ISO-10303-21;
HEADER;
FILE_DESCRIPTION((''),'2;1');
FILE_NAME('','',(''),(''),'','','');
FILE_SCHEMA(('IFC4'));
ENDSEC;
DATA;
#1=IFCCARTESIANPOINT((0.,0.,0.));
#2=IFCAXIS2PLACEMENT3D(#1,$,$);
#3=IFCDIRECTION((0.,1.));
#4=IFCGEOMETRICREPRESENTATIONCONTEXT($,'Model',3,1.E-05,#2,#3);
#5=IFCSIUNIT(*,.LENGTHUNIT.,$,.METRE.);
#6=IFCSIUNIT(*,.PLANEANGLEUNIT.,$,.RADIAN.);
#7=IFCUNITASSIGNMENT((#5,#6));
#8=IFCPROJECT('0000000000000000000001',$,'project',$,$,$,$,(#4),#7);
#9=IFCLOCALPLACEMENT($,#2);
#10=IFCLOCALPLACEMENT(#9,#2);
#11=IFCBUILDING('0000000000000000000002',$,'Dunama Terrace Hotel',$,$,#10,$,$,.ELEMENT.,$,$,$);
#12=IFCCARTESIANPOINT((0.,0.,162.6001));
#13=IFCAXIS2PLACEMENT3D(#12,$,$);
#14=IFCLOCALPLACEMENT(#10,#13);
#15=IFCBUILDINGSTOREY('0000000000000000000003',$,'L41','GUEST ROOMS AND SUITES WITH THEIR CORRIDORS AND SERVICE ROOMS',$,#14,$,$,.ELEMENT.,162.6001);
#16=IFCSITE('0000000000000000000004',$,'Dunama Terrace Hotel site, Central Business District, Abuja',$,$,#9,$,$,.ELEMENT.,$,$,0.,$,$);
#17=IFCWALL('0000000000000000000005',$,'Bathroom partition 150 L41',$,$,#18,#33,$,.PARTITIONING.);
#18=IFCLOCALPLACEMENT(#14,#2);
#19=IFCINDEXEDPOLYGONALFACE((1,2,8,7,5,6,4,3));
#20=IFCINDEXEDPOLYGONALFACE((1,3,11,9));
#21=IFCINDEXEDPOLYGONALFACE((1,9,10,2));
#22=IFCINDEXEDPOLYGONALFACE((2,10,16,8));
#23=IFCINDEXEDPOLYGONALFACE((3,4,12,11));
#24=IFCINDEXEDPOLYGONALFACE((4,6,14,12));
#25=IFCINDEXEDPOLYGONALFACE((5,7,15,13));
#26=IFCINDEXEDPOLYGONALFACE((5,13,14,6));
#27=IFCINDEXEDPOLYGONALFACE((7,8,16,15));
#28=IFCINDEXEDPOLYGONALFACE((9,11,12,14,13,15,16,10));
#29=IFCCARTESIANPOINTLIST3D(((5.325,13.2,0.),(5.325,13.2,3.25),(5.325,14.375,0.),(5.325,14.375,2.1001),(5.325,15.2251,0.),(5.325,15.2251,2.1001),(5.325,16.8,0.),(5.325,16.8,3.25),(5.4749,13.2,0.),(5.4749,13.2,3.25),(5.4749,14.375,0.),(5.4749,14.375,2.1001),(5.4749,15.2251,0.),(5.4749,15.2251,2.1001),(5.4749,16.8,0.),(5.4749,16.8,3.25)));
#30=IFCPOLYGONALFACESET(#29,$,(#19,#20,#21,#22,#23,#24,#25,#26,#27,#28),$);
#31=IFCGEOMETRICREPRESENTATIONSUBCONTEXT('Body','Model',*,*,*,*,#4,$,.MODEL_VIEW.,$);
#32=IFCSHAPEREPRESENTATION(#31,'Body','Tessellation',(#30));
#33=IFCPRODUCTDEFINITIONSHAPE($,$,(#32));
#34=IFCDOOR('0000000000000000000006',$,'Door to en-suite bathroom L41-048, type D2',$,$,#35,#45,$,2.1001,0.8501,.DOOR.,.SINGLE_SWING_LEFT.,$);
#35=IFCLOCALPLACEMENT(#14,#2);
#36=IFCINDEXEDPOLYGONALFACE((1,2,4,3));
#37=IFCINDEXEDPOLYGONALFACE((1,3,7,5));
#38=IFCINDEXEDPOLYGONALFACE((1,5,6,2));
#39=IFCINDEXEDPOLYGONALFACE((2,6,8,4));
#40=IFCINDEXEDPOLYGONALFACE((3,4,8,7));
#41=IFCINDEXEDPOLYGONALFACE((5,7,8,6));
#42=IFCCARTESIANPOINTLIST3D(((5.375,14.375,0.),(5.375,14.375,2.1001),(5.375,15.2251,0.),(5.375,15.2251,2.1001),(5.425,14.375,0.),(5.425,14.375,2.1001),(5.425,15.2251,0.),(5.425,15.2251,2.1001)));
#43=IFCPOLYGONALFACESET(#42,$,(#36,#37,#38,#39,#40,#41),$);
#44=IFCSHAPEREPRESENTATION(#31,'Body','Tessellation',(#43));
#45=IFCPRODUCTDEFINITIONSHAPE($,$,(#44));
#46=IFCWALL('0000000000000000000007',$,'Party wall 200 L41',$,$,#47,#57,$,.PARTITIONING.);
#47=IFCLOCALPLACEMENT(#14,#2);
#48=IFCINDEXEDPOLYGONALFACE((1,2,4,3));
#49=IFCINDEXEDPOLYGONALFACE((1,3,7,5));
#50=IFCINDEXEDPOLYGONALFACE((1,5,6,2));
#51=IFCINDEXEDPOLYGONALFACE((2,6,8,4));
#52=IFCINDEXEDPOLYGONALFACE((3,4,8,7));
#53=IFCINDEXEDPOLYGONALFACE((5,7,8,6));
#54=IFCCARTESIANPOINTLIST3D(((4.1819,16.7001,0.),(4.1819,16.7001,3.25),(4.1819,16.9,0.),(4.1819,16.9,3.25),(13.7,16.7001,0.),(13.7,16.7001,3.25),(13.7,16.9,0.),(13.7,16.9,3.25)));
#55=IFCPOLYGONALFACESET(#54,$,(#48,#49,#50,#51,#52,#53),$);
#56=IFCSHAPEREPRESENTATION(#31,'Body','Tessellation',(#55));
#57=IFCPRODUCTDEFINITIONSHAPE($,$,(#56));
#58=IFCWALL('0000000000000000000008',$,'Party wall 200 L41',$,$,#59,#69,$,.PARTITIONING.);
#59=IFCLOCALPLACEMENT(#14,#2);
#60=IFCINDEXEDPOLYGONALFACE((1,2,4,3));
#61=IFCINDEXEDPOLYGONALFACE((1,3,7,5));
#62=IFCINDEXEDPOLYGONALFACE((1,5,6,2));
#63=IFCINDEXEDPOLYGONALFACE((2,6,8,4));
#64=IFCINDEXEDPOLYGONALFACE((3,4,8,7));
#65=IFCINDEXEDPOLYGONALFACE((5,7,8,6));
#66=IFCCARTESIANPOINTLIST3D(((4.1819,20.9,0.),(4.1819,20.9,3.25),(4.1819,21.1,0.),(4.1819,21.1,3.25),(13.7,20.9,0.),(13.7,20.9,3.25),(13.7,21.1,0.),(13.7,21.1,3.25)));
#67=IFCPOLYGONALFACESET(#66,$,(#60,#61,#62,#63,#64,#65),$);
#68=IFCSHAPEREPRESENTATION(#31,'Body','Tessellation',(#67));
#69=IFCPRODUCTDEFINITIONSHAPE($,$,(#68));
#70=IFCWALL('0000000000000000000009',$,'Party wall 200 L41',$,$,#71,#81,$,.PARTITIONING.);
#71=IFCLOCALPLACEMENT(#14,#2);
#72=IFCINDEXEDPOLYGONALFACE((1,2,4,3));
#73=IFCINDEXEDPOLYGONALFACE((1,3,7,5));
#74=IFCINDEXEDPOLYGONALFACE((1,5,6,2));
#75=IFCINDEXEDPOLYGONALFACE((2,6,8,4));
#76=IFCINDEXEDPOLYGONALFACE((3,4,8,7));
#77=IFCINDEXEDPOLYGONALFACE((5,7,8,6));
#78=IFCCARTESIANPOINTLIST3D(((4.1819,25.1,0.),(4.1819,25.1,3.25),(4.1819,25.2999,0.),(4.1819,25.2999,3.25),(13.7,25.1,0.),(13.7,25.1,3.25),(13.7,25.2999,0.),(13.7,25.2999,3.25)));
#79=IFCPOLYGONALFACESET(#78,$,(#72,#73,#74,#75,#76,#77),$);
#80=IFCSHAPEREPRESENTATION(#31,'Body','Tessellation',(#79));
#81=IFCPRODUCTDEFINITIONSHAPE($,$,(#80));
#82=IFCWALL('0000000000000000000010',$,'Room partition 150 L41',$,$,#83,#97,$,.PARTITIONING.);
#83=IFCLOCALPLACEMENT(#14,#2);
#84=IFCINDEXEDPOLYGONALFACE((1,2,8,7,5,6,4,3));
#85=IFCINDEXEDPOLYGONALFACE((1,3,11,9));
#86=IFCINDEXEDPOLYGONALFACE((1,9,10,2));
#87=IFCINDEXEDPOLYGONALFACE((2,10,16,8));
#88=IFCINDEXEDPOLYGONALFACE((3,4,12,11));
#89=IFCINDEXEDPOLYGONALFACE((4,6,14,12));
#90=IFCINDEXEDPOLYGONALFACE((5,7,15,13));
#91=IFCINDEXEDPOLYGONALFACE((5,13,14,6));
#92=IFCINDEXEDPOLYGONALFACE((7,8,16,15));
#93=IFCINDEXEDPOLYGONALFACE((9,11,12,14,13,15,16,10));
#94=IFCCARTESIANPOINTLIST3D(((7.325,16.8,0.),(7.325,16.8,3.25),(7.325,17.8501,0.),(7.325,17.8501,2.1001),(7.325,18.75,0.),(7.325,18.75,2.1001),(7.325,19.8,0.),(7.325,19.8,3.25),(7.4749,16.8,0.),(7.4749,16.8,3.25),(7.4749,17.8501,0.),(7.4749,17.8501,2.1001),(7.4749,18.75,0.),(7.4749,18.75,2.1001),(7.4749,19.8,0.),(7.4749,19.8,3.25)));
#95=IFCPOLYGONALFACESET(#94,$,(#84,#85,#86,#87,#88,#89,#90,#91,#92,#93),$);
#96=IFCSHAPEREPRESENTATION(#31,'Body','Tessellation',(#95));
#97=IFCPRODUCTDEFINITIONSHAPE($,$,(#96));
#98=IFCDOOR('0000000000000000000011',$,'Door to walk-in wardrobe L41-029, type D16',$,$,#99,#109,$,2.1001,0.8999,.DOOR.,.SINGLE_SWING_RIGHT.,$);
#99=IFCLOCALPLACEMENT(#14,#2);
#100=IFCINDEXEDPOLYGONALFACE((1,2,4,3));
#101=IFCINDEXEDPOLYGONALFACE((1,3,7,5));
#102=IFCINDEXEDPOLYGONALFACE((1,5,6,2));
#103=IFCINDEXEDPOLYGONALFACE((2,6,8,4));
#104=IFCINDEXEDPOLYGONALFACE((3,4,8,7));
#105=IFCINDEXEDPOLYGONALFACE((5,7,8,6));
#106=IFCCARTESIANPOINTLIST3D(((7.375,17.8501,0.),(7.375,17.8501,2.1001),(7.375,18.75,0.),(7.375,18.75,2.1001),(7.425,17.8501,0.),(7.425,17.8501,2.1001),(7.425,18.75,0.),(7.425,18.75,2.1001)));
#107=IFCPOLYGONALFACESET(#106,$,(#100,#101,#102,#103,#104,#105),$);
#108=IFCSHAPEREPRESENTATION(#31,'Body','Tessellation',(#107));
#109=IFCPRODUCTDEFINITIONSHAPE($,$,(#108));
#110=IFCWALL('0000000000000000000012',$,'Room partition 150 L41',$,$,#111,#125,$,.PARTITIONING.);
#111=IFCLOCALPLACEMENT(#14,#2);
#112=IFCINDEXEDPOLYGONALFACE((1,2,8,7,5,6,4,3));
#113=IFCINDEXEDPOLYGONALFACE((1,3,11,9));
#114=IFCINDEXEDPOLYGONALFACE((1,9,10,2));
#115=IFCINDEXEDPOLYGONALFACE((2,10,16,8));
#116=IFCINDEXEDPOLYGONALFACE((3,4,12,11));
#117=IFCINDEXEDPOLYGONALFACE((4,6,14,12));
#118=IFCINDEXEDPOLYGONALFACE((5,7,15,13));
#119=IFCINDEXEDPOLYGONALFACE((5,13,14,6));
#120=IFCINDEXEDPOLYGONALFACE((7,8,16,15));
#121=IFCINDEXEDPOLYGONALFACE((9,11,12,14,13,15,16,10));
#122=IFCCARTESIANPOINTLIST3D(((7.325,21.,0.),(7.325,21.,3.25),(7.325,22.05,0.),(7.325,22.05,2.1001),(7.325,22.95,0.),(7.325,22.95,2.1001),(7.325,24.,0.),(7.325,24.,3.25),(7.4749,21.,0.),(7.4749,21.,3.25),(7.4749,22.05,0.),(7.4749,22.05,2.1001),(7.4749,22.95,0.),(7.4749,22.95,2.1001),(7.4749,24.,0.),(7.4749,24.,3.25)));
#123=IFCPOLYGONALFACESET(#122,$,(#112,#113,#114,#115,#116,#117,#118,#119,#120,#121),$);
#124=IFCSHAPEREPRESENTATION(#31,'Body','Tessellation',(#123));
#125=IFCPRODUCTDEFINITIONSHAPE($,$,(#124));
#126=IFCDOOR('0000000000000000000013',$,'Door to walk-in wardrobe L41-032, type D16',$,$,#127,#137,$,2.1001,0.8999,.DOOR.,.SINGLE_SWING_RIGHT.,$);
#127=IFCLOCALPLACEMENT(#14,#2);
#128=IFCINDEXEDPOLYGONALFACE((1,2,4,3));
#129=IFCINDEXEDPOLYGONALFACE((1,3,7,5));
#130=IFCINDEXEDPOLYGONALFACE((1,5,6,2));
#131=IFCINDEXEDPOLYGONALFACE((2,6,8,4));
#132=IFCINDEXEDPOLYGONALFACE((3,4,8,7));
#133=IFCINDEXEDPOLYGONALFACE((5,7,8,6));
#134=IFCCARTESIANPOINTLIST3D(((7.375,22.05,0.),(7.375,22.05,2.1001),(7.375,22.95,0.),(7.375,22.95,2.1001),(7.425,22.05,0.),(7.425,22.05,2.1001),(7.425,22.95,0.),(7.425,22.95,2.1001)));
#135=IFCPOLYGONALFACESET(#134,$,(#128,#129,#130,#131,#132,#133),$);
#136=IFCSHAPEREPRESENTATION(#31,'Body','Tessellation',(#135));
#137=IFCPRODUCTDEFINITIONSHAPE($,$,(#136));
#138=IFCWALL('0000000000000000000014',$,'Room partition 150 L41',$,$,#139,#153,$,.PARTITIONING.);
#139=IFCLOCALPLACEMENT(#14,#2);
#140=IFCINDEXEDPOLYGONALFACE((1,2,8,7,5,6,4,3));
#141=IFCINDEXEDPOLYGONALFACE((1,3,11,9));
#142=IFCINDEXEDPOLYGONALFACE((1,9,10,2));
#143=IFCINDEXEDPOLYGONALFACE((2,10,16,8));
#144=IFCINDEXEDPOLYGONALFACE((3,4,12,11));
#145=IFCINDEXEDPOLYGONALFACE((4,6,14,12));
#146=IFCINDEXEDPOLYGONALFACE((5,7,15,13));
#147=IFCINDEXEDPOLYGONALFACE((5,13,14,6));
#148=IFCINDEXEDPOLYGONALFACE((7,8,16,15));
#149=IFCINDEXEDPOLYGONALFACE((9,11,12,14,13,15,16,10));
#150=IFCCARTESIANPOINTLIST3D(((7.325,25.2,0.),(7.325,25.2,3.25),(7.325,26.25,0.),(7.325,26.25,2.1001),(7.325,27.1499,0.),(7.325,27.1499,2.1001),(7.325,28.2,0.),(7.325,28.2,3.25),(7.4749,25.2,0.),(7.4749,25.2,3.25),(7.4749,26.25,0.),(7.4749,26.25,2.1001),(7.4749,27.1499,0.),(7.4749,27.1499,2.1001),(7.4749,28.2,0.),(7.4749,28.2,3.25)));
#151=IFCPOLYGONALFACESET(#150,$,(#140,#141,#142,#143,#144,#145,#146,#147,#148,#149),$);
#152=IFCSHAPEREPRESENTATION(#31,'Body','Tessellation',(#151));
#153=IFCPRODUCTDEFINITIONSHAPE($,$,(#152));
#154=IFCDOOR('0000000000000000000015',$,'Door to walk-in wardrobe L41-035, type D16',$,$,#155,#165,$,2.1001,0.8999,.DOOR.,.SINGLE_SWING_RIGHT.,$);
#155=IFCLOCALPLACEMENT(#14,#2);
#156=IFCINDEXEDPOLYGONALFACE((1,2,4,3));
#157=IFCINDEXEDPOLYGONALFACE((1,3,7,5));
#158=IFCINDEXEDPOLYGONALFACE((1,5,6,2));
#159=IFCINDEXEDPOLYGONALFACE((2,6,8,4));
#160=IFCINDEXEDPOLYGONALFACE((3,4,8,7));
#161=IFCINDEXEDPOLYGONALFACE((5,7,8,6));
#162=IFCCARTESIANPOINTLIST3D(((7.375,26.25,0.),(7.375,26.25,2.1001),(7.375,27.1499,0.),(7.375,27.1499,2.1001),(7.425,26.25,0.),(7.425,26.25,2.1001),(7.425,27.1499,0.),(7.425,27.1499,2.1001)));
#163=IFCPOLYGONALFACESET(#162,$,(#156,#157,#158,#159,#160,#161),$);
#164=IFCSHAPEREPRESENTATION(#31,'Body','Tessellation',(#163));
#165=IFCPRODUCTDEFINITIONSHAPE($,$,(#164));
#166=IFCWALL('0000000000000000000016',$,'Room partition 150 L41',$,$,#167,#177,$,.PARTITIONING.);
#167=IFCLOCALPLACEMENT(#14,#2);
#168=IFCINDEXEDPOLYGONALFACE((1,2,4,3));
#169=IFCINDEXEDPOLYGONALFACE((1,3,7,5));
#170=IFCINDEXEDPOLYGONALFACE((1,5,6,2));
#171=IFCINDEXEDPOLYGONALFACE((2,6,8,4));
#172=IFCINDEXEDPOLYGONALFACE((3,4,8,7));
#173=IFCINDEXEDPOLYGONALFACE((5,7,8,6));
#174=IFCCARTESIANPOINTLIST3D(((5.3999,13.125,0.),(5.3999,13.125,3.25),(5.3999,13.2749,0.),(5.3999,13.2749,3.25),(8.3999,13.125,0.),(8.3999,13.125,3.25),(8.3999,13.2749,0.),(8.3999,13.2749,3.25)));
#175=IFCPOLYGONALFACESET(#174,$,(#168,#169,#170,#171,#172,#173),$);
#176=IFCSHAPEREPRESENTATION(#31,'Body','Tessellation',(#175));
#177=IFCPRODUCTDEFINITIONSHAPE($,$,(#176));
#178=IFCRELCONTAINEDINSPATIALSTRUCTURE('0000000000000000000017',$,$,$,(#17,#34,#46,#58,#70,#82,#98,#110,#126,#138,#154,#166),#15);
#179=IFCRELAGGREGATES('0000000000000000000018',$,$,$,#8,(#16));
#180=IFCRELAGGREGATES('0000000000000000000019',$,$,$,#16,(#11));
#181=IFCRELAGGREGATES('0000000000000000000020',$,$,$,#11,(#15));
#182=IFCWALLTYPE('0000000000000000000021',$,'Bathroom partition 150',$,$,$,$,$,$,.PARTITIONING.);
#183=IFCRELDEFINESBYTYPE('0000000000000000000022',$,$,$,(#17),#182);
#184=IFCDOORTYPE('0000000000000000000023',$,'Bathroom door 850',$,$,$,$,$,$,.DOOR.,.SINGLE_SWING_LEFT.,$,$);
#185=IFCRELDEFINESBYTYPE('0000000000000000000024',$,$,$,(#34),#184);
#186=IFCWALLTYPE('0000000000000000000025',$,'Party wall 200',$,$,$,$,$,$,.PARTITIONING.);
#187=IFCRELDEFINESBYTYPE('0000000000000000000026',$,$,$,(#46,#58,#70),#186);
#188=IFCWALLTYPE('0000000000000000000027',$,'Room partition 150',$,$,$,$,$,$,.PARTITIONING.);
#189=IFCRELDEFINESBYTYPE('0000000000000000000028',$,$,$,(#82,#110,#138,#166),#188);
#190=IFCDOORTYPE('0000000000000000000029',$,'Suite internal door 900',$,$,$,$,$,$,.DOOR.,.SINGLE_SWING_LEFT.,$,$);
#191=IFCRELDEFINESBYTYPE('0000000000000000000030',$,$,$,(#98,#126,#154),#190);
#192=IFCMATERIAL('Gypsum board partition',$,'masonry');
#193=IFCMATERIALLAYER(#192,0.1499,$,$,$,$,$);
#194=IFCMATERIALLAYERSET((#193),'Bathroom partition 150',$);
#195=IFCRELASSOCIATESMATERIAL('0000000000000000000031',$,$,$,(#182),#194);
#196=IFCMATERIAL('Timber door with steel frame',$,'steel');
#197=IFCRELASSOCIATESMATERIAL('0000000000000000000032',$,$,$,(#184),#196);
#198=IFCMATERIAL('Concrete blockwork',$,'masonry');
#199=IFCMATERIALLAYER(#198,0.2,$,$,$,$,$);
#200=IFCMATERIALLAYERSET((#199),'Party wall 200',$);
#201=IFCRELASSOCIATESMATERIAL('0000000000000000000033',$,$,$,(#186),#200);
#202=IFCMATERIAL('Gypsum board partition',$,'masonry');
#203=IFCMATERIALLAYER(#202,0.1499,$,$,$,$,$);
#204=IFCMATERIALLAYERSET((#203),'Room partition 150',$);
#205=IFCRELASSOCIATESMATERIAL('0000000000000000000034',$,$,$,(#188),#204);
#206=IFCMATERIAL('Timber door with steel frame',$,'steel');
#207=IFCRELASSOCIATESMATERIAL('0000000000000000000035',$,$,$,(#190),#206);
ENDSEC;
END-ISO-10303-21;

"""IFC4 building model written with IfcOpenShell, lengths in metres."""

from ifc_helpers import new_model, si_unit, direction, frame, frame_2d, origin, place, context, subcontext, project, spatial, rectangle, extrude, material, layer, layer_set, type_object, element, fill, save


model = new_model("IFC4")

# Units and contexts
model_context = context("Model", 3, precision=1e-05, world=origin(), true_north=direction((0.0, 1.0)))
body_context = subcontext(model_context, "Body", "Model", "MODEL_VIEW")
ifc_project = project(units=[si_unit("LENGTHUNIT", "METRE"), si_unit("PLANEANGLEUNIT", "RADIAN")], contexts=[model_context])

# Site, building, storey
site_placement = place(None, origin())
site = spatial("IfcSite", under=ifc_project, at=site_placement, Name="Dunama Terrace Hotel site, Central Business District, Abuja", CompositionType="ELEMENT", RefElevation=0.0)
building_placement = place(site_placement, origin())
building = spatial("IfcBuilding", under=site, at=building_placement, Name="Dunama Terrace Hotel", CompositionType="ELEMENT")
storey_placement = place(building_placement, frame((0.0, 0.0, 162.6001)))
storey = spatial("IfcBuildingStorey", under=building, at=storey_placement, Name="L41", Description="GUEST ROOMS AND SUITES WITH THEIR CORRIDORS AND SERVICE ROOMS", CompositionType="ELEMENT", Elevation=162.6001)

# Wall, opening, door
ifc_material_1 = material(Name="Gypsum board partition", Category="masonry")
ifc_layer_1 = layer(ifc_material_1, 0.1499)
ifc_layer_set_1 = layer_set([ifc_layer_1], Name="Bathroom partition 150")
wall_type_1 = type_object("IfcWallType", Name="Bathroom partition 150", PredefinedType="PARTITIONING", material=ifc_layer_set_1)
wall_1_placement = place(storey_placement, frame((5.3999, 13.2, 0.0), z_axis=(0.0, 0.0, 1.0), x_axis=(0.0, 1.0, 0.0)))
wall_1 = element("IfcWall", 1, at=wall_1_placement, inside=storey, type_object=wall_type_1, Name="Bathroom partition 150 L41", PredefinedType="PARTITIONING", context=body_context, shape_type="SweptSolid", body=[
    extrude(rectangle(XDim=3.6001, YDim=0.1499, at=frame_2d((1.8, 0.0))), origin(), (0.0, 0.0, 1.0), 3.25),
])
opening_1_placement = place(wall_1_placement, frame((1.175, 0.0, 0.0)))
opening_1 = element("IfcOpeningElement", 2, at=opening_1_placement, cuts=wall_1, PredefinedType="OPENING", context=body_context, shape_type="SweptSolid", body=[
    extrude(rectangle(XDim=0.8501, YDim=2.1001, at=frame_2d((0.425, 1.05))), frame((0.0, 0.085, 0.0), z_axis=(0.0, -1.0, 0.0), x_axis=(1.0, 0.0, 0.0)), (0.0, 0.0, 1.0), 0.1699),
])
ifc_material_2 = material(Name="Timber door with steel frame", Category="steel")
door_type_1 = type_object("IfcDoorType", Name="Bathroom door 850", OperationType="SINGLE_SWING_LEFT", PredefinedType="DOOR", material=ifc_material_2)
door_1_placement = place(opening_1_placement, frame((0.8501, 0.0, 0.0), z_axis=(0.0, 0.0, 1.0), x_axis=(-1.0, 0.0, 0.0)))
door_1 = element("IfcDoor", 3, at=door_1_placement, inside=storey, type_object=door_type_1, Name="Door to en-suite bathroom L41-048, type D2", OperationType="SINGLE_SWING_LEFT", OverallHeight=2.1001, OverallWidth=0.8501, PredefinedType="DOOR", context=body_context, shape_type="SweptSolid", body=[
    extrude(rectangle(XDim=0.8501, YDim=2.1001, at=frame_2d((0.425, 1.05))), frame((0.0, 0.0251, 0.0), z_axis=(0.0, -1.0, 0.0), x_axis=(1.0, 0.0, 0.0)), (0.0, 0.0, 1.0), 0.05),
])
fill(opening_1, door_1)

# Walls
ifc_material_3 = material(Name="Concrete blockwork", Category="masonry")
ifc_layer_2 = layer(ifc_material_3, 0.2)
ifc_layer_set_2 = layer_set([ifc_layer_2], Name="Party wall 200")
wall_type_2 = type_object("IfcWallType", Name="Party wall 200", PredefinedType="PARTITIONING", material=ifc_layer_set_2)
for number, where, z_axis, x_axis, name in (
    (4, (4.1819, 16.8, 0.0), (0.0, 0.0, 1.0), (1.0, 0.0, 0.0), "Party wall 200 L41"),
    (5, (4.1819, 21.0, 0.0), (0.0, 0.0, 1.0), (1.0, 0.0, 0.0), "Party wall 200 L41"),
    (6, (4.1819, 25.2, 0.0), (0.0, 0.0, 1.0), (1.0, 0.0, 0.0), "Party wall 200 L41"),
):
    element("IfcWall", number, at=place(storey_placement, frame(where, z_axis=z_axis, x_axis=x_axis)), inside=storey, type_object=wall_type_2, Name=name, PredefinedType="PARTITIONING", context=body_context, shape_type="SweptSolid", body=[
        extrude(rectangle(XDim=9.5181, YDim=0.2, at=frame_2d((4.759, 0.0))), origin(), (0.0, 0.0, 1.0), 3.25),
    ])

# Walls, openings, doors
ifc_material_4 = material(Name="Gypsum board partition", Category="masonry")
ifc_layer_3 = layer(ifc_material_4, 0.1499)
ifc_layer_set_3 = layer_set([ifc_layer_3], Name="Room partition 150")
wall_type_3 = type_object("IfcWallType", Name="Room partition 150", PredefinedType="PARTITIONING", material=ifc_layer_set_3)
wall_2_placement = place(storey_placement, frame((7.3999, 16.8, 0.0), z_axis=(0.0, 0.0, 1.0), x_axis=(0.0, 1.0, 0.0)))
wall_2 = element("IfcWall", 7, at=wall_2_placement, inside=storey, type_object=wall_type_3, Name="Room partition 150 L41", PredefinedType="PARTITIONING", context=body_context, shape_type="SweptSolid", body=[
    extrude(rectangle(XDim=3.0, YDim=0.1499, at=frame_2d((1.5, 0.0))), origin(), (0.0, 0.0, 1.0), 3.25),
])
opening_2_placement = place(wall_2_placement, frame((1.05, 0.0, 0.0)))
opening_2 = element("IfcOpeningElement", 8, at=opening_2_placement, cuts=wall_2, PredefinedType="OPENING", context=body_context, shape_type="SweptSolid", body=[
    extrude(rectangle(XDim=0.8999, YDim=2.1001, at=frame_2d((0.45, 1.05))), frame((0.0, 0.085, 0.0), z_axis=(0.0, -1.0, 0.0), x_axis=(1.0, 0.0, 0.0)), (0.0, 0.0, 1.0), 0.1699),
])
ifc_material_5 = material(Name="Timber door with steel frame", Category="steel")
door_type_2 = type_object("IfcDoorType", Name="Suite internal door 900", OperationType="SINGLE_SWING_LEFT", PredefinedType="DOOR", material=ifc_material_5)
door_2_placement = place(opening_2_placement, frame((0.8999, 0.0, 0.0), z_axis=(0.0, 0.0, 1.0), x_axis=(-1.0, 0.0, 0.0)))
door_2 = element("IfcDoor", 9, at=door_2_placement, inside=storey, type_object=door_type_2, Name="Door to walk-in wardrobe L41-029, type D16", OperationType="SINGLE_SWING_RIGHT", OverallHeight=2.1001, OverallWidth=0.8999, PredefinedType="DOOR", context=body_context, shape_type="SweptSolid", body=[
    extrude(rectangle(XDim=0.8999, YDim=2.1001, at=frame_2d((0.45, 1.05))), frame((0.0, 0.0251, 0.0), z_axis=(0.0, -1.0, 0.0), x_axis=(1.0, 0.0, 0.0)), (0.0, 0.0, 1.0), 0.05),
])
fill(opening_2, door_2)
wall_3_placement = place(storey_placement, frame((7.3999, 21.0, 0.0), z_axis=(0.0, 0.0, 1.0), x_axis=(0.0, 1.0, 0.0)))
wall_3 = element("IfcWall", 10, at=wall_3_placement, inside=storey, type_object=wall_type_3, Name="Room partition 150 L41", PredefinedType="PARTITIONING", context=body_context, shape_type="SweptSolid", body=[
    extrude(rectangle(XDim=3.0, YDim=0.1499, at=frame_2d((1.5, 0.0))), origin(), (0.0, 0.0, 1.0), 3.25),
])
opening_3_placement = place(wall_3_placement, frame((1.05, 0.0, 0.0)))
opening_3 = element("IfcOpeningElement", 11, at=opening_3_placement, cuts=wall_3, PredefinedType="OPENING", context=body_context, shape_type="SweptSolid", body=[
    extrude(rectangle(XDim=0.8999, YDim=2.1001, at=frame_2d((0.45, 1.05))), frame((0.0, 0.085, 0.0), z_axis=(0.0, -1.0, 0.0), x_axis=(1.0, 0.0, 0.0)), (0.0, 0.0, 1.0), 0.1699),
])
door_3_placement = place(opening_3_placement, frame((0.8999, 0.0, 0.0), z_axis=(0.0, 0.0, 1.0), x_axis=(-1.0, 0.0, 0.0)))
door_3 = element("IfcDoor", 12, at=door_3_placement, inside=storey, type_object=door_type_2, Name="Door to walk-in wardrobe L41-032, type D16", OperationType="SINGLE_SWING_RIGHT", OverallHeight=2.1001, OverallWidth=0.8999, PredefinedType="DOOR", context=body_context, shape_type="SweptSolid", body=[
    extrude(rectangle(XDim=0.8999, YDim=2.1001, at=frame_2d((0.45, 1.05))), frame((0.0, 0.0251, 0.0), z_axis=(0.0, -1.0, 0.0), x_axis=(1.0, 0.0, 0.0)), (0.0, 0.0, 1.0), 0.05),
])
fill(opening_3, door_3)
wall_4_placement = place(storey_placement, frame((7.3999, 25.2, 0.0), z_axis=(0.0, 0.0, 1.0), x_axis=(0.0, 1.0, 0.0)))
wall_4 = element("IfcWall", 13, at=wall_4_placement, inside=storey, type_object=wall_type_3, Name="Room partition 150 L41", PredefinedType="PARTITIONING", context=body_context, shape_type="SweptSolid", body=[
    extrude(rectangle(XDim=3.0, YDim=0.1499, at=frame_2d((1.5, 0.0))), origin(), (0.0, 0.0, 1.0), 3.25),
])
opening_4_placement = place(wall_4_placement, frame((1.05, 0.0, 0.0)))
opening_4 = element("IfcOpeningElement", 14, at=opening_4_placement, cuts=wall_4, PredefinedType="OPENING", context=body_context, shape_type="SweptSolid", body=[
    extrude(rectangle(XDim=0.8999, YDim=2.1001, at=frame_2d((0.45, 1.05))), frame((0.0, 0.085, 0.0), z_axis=(0.0, -1.0, 0.0), x_axis=(1.0, 0.0, 0.0)), (0.0, 0.0, 1.0), 0.1699),
])
door_4_placement = place(opening_4_placement, frame((0.8999, 0.0, 0.0), z_axis=(0.0, 0.0, 1.0), x_axis=(-1.0, 0.0, 0.0)))
door_4 = element("IfcDoor", 15, at=door_4_placement, inside=storey, type_object=door_type_2, Name="Door to walk-in wardrobe L41-035, type D16", OperationType="SINGLE_SWING_RIGHT", OverallHeight=2.1001, OverallWidth=0.8999, PredefinedType="DOOR", context=body_context, shape_type="SweptSolid", body=[
    extrude(rectangle(XDim=0.8999, YDim=2.1001, at=frame_2d((0.45, 1.05))), frame((0.0, 0.0251, 0.0), z_axis=(0.0, -1.0, 0.0), x_axis=(1.0, 0.0, 0.0)), (0.0, 0.0, 1.0), 0.05),
])
fill(opening_4, door_4)

# Wall
wall_5_placement = place(storey_placement, frame((5.3999, 13.2, 0.0), z_axis=(0.0, 0.0, 1.0), x_axis=(1.0, 0.0, 0.0)))
element("IfcWall", 16, at=wall_5_placement, inside=storey, type_object=wall_type_3, Name="Room partition 150 L41", PredefinedType="PARTITIONING", context=body_context, shape_type="SweptSolid", body=[
    extrude(rectangle(XDim=3.0, YDim=0.1499, at=frame_2d((1.5, 0.0))), origin(), (0.0, 0.0, 1.0), 3.25),
])

save(model, "model.ifc")
